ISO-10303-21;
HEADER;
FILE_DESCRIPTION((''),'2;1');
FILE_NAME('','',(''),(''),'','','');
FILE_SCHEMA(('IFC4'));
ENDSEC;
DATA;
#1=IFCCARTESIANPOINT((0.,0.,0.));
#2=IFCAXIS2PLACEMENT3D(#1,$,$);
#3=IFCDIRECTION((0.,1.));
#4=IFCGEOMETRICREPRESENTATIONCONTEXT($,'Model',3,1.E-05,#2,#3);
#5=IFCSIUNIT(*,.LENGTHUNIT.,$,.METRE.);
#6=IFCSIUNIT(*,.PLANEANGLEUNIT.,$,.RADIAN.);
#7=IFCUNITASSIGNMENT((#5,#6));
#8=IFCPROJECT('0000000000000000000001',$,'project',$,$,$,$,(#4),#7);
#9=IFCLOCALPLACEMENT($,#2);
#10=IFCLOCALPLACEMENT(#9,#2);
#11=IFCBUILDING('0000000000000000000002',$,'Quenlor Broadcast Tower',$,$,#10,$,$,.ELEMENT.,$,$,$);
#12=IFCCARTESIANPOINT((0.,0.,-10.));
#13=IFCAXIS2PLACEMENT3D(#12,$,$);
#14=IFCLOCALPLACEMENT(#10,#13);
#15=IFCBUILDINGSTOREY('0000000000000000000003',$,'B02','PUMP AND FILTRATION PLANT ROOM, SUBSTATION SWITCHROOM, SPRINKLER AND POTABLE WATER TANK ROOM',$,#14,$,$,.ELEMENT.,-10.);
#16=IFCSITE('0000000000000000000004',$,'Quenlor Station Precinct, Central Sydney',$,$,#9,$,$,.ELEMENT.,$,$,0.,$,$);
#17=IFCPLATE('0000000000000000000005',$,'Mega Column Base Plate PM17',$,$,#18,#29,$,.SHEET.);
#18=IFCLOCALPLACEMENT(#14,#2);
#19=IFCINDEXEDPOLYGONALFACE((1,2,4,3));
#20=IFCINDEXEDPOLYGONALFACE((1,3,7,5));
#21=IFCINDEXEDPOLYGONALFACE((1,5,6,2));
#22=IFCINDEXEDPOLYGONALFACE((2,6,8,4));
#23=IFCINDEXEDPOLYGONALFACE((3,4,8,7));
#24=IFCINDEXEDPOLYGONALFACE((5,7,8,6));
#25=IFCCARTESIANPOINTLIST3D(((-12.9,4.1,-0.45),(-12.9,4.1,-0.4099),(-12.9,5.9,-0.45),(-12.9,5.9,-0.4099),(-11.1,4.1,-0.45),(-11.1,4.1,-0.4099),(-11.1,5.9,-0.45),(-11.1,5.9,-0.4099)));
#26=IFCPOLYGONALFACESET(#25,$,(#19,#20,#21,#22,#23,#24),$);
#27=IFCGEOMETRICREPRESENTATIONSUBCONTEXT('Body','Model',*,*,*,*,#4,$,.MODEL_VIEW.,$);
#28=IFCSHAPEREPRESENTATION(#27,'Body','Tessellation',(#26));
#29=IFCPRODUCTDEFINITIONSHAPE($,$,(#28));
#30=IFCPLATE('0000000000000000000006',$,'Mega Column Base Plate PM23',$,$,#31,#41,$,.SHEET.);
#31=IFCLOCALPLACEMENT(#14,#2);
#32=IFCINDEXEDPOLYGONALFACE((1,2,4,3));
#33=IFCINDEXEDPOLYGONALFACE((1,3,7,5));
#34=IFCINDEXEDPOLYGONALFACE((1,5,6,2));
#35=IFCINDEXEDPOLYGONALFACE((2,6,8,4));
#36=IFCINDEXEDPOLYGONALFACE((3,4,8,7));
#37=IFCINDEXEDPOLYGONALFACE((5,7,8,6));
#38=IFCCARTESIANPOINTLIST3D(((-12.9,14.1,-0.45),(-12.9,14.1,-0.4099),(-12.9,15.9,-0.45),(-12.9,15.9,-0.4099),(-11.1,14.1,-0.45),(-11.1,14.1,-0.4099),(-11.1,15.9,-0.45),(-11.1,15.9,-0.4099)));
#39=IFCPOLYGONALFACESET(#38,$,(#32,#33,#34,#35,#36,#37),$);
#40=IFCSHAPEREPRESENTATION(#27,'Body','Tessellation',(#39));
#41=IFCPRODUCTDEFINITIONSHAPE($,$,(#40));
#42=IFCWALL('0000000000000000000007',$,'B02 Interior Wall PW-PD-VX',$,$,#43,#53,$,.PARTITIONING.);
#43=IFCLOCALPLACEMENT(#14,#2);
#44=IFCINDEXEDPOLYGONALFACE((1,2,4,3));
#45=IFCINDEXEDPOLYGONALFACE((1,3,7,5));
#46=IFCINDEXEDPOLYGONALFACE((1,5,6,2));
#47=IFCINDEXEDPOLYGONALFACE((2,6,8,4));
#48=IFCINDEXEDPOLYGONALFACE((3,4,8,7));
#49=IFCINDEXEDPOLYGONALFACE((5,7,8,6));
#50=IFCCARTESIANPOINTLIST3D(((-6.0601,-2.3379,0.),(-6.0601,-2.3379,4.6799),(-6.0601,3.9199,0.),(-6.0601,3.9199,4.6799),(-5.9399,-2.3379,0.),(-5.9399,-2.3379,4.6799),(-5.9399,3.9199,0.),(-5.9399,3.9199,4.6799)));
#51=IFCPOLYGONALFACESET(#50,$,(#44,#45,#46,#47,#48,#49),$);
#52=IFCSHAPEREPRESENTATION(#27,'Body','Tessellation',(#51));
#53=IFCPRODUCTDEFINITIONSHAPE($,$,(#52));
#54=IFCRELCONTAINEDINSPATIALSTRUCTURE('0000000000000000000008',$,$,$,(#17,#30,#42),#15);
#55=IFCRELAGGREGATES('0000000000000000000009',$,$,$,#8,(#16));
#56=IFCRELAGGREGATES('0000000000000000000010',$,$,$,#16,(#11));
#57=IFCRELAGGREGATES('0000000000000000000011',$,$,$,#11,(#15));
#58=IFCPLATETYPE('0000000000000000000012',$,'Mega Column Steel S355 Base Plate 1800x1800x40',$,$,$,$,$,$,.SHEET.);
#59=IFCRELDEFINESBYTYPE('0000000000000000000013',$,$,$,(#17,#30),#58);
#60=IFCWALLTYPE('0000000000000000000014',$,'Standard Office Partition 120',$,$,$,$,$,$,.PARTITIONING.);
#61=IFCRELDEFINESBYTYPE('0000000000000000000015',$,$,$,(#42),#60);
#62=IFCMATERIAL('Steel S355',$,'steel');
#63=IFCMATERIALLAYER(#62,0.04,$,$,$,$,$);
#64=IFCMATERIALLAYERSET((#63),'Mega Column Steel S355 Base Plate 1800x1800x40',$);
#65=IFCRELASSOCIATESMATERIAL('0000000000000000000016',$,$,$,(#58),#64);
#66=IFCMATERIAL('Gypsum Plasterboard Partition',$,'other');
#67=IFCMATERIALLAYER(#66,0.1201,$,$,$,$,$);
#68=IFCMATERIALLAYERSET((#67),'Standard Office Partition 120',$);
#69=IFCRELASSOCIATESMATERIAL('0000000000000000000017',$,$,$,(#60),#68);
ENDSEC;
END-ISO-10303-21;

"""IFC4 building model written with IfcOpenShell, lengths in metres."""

from ifc_helpers import new_model, si_unit, direction, frame, frame_2d, origin, origin_2d, place, context, subcontext, project, spatial, rectangle, extrude, material, layer, layer_set, type_object, element, save


model = new_model("IFC4")

# Units and contexts
model_context = context("Model", 3, precision=1e-05, world=origin(), true_north=direction((0.0, 1.0)))
body_context = subcontext(model_context, "Body", "Model", "MODEL_VIEW")
ifc_project = project(units=[si_unit("LENGTHUNIT", "METRE"), si_unit("PLANEANGLEUNIT", "RADIAN")], contexts=[model_context])

# Site, building, storey
site_placement = place(None, origin())
site = spatial("IfcSite", under=ifc_project, at=site_placement, Name="Quenlor Station Precinct, Central Sydney", CompositionType="ELEMENT", RefElevation=0.0)
building_placement = place(site_placement, origin())
building = spatial("IfcBuilding", under=site, at=building_placement, Name="Quenlor Broadcast Tower", CompositionType="ELEMENT")
storey_placement = place(building_placement, frame((0.0, 0.0, -10.0)))
storey = spatial("IfcBuildingStorey", under=building, at=storey_placement, Name="B02", Description="PUMP AND FILTRATION PLANT ROOM, SUBSTATION SWITCHROOM, SPRINKLER AND POTABLE WATER TANK ROOM", CompositionType="ELEMENT", Elevation=-10.0)

# Plates
ifc_material_1 = material(Name="Steel S355", Category="steel")
ifc_layer_1 = layer(ifc_material_1, 0.04)
ifc_layer_set_1 = layer_set([ifc_layer_1], Name="Mega Column Steel S355 Base Plate 1800x1800x40")
plate_type = type_object("IfcPlateType", Name="Mega Column Steel S355 Base Plate 1800x1800x40", PredefinedType="SHEET", material=ifc_layer_set_1)
for number, where, z_axis, x_axis, name in (
    (1, (-12.0, 5.0, -0.45), (0.0, 0.0, 1.0), (1.0, 0.0, 0.0), "Mega Column Base Plate PM17"),
    (2, (-12.0, 15.0, -0.45), (0.0, 0.0, 1.0), (1.0, 0.0, 0.0), "Mega Column Base Plate PM23"),
):
    element("IfcPlate", number, at=place(storey_placement, frame(where, z_axis=z_axis, x_axis=x_axis)), inside=storey, type_object=plate_type, Name=name, PredefinedType="SHEET", context=body_context, shape_type="SweptSolid", body=[
        extrude(rectangle(XDim=1.8, YDim=1.8, at=origin_2d()), origin(), (0.0, 0.0, 1.0), 0.04),
    ])

# Wall
ifc_material_2 = material(Name="Gypsum Plasterboard Partition", Category="other")
ifc_layer_2 = layer(ifc_material_2, 0.1201)
ifc_layer_set_2 = layer_set([ifc_layer_2], Name="Standard Office Partition 120")
wall_type = type_object("IfcWallType", Name="Standard Office Partition 120", PredefinedType="PARTITIONING", material=ifc_layer_set_2)
wall_placement = place(storey_placement, frame((-6.0, -2.3379, 0.0), z_axis=(0.0, 0.0, 1.0), x_axis=(0.0, 1.0, 0.0)))
element("IfcWall", 3, at=wall_placement, inside=storey, type_object=wall_type, Name="B02 Interior Wall PW-PD-VX", PredefinedType="PARTITIONING", context=body_context, shape_type="SweptSolid", body=[
    extrude(rectangle(XDim=6.2578, YDim=0.1201, at=frame_2d((3.1289, 0.0))), origin(), (0.0, 0.0, 1.0), 4.6799),
])

save(model, "model.ifc")
